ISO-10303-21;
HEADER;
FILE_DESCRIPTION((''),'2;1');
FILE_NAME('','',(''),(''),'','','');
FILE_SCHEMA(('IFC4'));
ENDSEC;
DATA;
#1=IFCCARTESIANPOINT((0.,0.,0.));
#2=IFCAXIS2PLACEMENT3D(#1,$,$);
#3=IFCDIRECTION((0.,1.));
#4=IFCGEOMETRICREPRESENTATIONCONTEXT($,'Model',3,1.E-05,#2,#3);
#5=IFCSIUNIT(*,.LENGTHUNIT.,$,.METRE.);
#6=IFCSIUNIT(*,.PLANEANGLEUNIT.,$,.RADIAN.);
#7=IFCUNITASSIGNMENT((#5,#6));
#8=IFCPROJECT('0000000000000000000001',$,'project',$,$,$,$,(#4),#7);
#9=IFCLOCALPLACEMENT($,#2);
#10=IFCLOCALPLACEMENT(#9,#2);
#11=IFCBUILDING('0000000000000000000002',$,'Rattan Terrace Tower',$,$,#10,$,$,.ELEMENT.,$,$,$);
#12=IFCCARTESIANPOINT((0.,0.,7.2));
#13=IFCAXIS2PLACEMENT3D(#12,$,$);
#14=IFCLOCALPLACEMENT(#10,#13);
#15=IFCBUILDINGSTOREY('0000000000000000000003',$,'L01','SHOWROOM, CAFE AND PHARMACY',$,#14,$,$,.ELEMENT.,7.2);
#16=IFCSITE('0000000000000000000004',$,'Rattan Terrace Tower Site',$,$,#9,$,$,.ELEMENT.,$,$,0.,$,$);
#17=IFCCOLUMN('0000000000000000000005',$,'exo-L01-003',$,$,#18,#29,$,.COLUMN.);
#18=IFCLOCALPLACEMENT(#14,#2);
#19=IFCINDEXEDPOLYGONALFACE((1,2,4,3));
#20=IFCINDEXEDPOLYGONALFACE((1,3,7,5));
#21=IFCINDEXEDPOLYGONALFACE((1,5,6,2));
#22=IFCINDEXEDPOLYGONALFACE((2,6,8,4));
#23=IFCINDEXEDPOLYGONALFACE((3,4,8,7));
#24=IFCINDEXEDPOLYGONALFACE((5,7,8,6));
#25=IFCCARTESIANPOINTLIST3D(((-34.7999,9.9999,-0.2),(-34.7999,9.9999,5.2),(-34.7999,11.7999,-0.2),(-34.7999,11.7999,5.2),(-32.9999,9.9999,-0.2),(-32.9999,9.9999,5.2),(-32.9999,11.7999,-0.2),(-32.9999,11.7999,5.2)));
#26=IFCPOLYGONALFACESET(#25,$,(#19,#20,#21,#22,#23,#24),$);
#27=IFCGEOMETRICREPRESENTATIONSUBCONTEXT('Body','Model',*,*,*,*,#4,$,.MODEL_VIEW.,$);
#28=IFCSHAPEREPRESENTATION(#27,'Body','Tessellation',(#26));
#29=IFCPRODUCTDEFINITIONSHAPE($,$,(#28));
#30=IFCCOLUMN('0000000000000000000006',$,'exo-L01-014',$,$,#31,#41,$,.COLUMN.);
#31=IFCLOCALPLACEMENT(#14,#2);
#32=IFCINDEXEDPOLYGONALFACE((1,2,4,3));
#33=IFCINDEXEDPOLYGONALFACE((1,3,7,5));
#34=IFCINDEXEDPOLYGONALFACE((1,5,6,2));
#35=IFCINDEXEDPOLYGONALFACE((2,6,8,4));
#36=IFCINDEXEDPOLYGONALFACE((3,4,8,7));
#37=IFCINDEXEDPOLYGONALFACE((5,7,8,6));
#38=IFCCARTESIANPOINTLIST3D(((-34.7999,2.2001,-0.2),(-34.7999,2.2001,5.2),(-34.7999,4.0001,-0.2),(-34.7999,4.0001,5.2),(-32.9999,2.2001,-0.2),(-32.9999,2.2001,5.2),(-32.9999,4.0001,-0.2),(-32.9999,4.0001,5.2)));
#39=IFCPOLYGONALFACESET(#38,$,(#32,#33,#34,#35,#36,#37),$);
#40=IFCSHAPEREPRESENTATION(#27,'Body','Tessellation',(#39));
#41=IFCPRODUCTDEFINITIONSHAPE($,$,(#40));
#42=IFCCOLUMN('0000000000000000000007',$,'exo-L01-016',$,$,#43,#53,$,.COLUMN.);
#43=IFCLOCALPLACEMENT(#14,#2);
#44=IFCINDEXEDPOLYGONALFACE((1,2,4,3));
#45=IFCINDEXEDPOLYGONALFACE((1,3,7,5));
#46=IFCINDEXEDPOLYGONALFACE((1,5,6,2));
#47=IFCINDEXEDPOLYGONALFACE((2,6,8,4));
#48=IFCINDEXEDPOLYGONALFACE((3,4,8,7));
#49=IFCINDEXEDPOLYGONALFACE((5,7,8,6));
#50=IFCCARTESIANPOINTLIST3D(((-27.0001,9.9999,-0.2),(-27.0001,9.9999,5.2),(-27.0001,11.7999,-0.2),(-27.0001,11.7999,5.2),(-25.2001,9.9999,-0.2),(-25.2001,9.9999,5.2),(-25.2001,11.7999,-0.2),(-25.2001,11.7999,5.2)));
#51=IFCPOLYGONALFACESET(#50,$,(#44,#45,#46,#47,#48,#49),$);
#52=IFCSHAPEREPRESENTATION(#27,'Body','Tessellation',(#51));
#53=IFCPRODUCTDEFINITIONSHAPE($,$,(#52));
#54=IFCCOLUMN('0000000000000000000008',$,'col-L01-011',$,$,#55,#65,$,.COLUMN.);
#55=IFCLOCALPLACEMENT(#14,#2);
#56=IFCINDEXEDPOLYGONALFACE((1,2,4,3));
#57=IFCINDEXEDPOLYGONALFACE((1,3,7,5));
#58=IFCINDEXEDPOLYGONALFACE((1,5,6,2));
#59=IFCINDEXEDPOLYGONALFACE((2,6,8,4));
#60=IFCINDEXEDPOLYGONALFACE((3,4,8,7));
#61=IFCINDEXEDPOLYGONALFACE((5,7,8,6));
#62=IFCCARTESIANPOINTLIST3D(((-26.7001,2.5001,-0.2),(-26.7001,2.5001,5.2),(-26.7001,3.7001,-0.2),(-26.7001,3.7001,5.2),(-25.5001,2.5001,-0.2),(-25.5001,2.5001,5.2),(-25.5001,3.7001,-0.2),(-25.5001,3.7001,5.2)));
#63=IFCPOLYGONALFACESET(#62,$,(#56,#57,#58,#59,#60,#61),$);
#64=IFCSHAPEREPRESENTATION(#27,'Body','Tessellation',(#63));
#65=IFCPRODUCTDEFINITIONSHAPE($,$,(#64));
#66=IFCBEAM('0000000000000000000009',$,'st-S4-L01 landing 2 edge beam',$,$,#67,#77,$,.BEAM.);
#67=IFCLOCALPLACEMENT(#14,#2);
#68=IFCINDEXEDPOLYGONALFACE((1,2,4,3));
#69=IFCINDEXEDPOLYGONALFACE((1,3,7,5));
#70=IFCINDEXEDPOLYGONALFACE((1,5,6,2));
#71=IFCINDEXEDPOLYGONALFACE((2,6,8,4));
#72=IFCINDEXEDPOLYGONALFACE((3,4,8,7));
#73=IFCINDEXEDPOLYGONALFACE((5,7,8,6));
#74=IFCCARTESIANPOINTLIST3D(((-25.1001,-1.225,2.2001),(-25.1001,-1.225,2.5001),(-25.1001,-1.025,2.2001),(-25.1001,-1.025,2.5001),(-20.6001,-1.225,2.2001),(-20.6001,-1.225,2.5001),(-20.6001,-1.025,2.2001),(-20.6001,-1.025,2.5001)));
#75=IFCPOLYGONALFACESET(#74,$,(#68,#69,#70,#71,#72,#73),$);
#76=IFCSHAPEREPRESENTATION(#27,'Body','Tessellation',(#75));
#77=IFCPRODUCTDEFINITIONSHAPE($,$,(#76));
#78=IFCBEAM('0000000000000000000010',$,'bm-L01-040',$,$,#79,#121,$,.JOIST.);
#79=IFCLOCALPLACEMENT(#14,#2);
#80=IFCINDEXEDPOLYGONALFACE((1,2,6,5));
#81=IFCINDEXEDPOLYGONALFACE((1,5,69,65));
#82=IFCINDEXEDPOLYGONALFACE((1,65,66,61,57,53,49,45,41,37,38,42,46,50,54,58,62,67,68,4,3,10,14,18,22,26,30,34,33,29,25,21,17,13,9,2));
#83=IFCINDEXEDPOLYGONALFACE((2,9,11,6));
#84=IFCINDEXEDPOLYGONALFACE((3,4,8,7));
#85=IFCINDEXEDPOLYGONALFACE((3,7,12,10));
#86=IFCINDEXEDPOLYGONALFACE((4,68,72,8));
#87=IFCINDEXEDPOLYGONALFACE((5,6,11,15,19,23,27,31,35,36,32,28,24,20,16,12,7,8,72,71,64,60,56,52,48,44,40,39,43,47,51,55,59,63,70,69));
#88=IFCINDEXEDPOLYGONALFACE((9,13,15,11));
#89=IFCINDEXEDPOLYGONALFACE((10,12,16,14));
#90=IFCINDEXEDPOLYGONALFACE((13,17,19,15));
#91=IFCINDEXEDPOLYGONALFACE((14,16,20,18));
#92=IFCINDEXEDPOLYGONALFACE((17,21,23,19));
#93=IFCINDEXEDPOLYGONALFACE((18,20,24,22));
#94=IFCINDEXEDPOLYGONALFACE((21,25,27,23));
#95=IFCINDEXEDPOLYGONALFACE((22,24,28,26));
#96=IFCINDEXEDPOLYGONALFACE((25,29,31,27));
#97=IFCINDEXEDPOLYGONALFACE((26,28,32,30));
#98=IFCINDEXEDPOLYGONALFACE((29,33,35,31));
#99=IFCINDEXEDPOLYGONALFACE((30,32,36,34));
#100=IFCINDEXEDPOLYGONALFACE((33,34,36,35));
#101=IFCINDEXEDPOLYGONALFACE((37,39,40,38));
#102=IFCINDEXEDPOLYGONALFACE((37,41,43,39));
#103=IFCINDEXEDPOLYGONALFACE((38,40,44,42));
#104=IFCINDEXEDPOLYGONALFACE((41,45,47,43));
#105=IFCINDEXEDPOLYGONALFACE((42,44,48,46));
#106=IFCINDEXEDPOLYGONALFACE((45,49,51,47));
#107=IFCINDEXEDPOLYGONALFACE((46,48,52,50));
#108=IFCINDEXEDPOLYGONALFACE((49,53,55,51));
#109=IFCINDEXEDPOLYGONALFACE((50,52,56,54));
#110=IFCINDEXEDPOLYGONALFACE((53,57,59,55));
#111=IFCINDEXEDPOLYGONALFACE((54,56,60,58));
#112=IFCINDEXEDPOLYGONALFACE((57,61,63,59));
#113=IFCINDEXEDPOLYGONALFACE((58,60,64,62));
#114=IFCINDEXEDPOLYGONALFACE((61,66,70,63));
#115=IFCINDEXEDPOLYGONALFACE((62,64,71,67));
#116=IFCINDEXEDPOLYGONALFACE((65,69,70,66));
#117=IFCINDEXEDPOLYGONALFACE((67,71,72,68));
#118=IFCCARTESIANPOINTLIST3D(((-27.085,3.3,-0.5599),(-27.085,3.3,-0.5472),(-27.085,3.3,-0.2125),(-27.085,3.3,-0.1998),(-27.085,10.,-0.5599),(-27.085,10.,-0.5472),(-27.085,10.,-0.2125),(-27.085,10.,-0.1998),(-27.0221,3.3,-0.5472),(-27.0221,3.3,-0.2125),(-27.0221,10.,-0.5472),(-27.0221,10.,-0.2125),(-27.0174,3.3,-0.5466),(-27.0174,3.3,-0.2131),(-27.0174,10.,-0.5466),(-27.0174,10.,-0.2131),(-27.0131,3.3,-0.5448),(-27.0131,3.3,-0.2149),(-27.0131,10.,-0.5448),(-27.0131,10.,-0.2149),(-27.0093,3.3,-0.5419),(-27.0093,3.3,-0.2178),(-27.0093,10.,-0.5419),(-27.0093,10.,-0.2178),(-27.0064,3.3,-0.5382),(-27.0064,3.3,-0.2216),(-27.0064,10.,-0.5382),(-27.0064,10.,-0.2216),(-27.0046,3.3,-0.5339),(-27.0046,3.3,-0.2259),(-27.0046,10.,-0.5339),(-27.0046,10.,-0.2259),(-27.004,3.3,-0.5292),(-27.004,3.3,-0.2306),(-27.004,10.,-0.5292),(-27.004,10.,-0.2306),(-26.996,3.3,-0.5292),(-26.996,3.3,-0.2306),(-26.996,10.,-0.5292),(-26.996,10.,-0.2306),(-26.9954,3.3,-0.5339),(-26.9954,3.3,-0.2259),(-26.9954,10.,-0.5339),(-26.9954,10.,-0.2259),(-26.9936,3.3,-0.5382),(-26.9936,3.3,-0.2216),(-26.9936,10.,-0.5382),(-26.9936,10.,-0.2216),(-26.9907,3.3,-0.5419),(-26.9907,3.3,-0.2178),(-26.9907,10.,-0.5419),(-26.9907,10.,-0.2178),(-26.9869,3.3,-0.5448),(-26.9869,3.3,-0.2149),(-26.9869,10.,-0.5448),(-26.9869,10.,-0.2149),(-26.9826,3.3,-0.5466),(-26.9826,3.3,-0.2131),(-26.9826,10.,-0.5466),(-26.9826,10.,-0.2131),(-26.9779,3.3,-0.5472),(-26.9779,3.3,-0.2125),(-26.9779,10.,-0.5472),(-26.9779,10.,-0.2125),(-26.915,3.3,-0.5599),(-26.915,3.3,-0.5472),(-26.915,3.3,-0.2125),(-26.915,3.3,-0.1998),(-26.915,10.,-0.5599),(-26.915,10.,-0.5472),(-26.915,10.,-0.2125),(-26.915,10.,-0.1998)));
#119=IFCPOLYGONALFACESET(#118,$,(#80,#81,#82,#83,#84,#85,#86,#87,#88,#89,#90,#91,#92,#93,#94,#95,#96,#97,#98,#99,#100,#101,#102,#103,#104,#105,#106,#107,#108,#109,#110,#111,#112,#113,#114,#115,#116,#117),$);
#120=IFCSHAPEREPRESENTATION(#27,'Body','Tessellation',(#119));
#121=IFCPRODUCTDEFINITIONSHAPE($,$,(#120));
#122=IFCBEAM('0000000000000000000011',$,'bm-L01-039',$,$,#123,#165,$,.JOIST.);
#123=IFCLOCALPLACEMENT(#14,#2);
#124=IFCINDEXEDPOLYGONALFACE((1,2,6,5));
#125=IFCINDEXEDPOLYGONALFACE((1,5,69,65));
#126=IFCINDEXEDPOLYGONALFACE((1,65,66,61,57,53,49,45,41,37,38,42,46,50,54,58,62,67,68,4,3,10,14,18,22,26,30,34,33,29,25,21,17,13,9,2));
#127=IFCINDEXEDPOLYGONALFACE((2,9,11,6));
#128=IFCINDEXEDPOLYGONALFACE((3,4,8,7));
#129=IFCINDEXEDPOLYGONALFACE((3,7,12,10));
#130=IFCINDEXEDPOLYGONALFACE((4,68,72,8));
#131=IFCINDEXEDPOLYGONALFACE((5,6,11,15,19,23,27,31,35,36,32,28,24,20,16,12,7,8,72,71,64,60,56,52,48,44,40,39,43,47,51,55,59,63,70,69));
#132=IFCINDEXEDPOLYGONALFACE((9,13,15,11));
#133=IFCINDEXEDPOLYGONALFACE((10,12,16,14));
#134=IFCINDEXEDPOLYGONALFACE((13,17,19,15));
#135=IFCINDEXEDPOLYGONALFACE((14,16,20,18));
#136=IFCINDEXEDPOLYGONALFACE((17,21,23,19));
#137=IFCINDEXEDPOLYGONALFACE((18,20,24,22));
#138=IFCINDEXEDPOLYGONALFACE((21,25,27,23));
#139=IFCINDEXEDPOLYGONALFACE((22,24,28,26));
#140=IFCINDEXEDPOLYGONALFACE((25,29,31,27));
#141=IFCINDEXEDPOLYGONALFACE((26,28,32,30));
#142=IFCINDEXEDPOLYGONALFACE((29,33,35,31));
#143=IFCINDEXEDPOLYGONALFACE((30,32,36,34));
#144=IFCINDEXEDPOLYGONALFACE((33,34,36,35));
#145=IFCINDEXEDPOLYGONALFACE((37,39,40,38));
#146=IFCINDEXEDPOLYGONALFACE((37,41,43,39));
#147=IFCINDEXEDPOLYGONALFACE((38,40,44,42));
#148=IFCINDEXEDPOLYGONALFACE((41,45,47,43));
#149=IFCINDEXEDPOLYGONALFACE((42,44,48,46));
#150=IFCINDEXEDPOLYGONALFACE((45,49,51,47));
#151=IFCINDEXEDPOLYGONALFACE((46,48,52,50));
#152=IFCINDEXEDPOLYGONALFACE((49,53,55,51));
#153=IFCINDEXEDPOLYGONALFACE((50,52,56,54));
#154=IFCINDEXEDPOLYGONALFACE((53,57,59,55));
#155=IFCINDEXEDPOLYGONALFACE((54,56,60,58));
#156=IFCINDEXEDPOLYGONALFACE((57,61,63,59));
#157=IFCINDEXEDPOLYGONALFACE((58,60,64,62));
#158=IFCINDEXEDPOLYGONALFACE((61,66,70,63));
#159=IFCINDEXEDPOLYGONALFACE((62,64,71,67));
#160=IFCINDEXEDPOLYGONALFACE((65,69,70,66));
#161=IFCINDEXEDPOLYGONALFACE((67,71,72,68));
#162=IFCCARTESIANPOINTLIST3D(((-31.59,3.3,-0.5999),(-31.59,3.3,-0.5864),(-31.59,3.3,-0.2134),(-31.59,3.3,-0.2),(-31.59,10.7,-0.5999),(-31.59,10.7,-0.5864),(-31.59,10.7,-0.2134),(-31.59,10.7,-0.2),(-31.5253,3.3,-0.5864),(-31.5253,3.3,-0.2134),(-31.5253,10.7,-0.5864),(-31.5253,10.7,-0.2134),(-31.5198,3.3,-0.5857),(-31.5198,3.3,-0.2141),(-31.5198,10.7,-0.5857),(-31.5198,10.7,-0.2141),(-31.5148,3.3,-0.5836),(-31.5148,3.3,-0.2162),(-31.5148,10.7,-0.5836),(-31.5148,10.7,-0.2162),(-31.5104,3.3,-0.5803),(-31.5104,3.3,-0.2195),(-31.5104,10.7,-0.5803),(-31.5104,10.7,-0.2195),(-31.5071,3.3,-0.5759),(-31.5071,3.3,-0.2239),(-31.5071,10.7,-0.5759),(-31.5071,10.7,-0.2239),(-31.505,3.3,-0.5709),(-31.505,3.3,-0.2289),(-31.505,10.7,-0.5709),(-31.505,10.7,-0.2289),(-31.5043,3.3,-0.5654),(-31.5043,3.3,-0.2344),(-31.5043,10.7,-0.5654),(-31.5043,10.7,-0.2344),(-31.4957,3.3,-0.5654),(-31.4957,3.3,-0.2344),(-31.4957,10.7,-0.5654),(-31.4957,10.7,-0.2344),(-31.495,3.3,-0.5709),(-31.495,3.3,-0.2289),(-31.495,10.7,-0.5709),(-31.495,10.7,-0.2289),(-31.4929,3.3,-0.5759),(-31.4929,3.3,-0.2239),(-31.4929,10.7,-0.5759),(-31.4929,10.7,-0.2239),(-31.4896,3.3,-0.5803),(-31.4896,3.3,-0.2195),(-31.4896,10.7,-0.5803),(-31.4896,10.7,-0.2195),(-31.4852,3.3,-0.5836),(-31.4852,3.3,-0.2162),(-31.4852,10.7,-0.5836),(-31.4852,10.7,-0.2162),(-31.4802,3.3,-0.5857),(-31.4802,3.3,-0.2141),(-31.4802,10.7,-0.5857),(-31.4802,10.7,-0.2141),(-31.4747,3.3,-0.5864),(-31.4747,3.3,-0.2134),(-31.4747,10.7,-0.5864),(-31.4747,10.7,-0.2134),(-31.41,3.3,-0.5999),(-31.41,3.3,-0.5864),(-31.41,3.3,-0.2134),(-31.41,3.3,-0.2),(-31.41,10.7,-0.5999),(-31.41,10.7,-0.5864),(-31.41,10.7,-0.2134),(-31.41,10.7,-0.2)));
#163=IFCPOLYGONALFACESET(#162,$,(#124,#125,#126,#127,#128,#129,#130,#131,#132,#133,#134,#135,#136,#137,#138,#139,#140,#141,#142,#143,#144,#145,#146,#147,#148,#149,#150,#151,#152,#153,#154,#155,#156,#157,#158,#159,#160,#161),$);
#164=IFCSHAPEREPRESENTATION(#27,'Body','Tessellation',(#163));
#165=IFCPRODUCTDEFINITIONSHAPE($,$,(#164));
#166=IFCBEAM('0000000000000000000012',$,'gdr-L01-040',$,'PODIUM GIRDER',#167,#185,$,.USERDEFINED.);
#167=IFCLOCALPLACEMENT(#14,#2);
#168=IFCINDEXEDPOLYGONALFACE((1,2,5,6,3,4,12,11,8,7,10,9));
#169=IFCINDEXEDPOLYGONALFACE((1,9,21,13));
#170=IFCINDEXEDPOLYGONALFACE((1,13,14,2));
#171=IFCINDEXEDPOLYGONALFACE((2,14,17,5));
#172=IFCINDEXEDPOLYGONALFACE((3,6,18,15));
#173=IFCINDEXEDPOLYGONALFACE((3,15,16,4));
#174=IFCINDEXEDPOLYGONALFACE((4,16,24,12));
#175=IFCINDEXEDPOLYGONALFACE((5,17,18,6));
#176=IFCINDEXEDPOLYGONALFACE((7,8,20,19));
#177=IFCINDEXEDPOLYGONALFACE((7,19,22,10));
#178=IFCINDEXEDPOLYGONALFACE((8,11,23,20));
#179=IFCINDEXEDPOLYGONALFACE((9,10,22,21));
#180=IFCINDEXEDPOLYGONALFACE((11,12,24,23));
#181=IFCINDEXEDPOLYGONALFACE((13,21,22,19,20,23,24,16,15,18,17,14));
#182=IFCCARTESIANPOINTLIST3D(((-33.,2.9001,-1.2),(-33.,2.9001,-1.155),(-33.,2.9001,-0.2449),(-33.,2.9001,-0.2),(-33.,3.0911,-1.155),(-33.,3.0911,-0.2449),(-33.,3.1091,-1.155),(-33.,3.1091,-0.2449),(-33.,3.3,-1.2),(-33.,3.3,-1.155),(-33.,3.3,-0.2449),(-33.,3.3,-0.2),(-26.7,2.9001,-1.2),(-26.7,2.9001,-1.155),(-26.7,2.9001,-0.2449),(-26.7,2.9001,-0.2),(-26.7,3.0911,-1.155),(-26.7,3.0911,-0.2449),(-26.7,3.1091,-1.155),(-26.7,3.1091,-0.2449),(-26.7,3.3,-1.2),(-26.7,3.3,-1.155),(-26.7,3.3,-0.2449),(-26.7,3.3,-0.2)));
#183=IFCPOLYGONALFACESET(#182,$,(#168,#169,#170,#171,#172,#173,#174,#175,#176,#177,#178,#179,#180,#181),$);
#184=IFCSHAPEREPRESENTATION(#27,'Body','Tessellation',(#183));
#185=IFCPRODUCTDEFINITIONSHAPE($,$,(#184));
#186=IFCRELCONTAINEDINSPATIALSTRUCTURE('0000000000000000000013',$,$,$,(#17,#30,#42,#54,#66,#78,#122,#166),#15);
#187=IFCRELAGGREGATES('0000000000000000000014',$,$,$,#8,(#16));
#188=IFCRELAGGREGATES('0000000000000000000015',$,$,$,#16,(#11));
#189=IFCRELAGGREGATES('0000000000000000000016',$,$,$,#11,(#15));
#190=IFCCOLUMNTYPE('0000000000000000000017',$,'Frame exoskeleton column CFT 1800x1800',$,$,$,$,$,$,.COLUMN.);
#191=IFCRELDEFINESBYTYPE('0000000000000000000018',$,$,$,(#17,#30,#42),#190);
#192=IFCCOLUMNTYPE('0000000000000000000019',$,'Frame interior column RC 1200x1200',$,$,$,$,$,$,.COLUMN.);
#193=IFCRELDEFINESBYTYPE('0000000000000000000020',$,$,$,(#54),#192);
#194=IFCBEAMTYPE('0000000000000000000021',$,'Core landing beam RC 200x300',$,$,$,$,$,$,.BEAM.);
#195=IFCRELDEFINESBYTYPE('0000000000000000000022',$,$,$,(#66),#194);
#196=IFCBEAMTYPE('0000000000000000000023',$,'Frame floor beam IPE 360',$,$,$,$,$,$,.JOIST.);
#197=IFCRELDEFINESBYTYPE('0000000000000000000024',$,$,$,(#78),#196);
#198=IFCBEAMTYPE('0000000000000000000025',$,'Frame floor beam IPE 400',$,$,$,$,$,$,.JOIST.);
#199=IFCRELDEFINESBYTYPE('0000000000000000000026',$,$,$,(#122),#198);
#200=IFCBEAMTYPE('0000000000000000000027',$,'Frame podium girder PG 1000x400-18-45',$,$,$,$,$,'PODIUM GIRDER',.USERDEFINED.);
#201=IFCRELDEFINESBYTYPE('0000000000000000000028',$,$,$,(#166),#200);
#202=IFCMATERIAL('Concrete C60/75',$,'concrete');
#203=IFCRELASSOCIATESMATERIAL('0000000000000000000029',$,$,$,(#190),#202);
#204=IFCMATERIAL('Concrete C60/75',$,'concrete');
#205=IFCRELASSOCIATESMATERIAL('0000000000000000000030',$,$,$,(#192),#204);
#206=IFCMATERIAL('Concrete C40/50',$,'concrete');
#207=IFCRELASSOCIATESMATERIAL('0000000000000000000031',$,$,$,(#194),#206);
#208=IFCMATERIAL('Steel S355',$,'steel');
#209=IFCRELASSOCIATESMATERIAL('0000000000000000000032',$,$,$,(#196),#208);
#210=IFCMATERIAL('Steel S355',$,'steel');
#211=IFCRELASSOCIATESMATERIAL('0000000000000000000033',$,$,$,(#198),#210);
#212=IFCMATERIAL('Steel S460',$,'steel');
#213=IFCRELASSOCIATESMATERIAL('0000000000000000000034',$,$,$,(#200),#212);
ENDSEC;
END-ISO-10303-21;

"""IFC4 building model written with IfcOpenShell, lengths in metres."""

from ifc_helpers import new_model, si_unit, direction, frame, origin, origin_2d, place, context, subcontext, project, spatial, rectangle, i_section, extrude, material, material_profile, profile_set, type_object, element, save


model = new_model("IFC4")

# Units and contexts
model_context = context("Model", 3, precision=1e-05, world=origin(), true_north=direction((0.0, 1.0)))
body_context = subcontext(model_context, "Body", "Model", "MODEL_VIEW")
ifc_project = project(units=[si_unit("LENGTHUNIT", "METRE"), si_unit("PLANEANGLEUNIT", "RADIAN")], contexts=[model_context])

# Site, building, storey
site_placement = place(None, origin())
site = spatial("IfcSite", under=ifc_project, at=site_placement, Name="Rattan Terrace Tower Site", CompositionType="ELEMENT", RefElevation=0.0)
building_placement = place(site_placement, origin())
building = spatial("IfcBuilding", under=site, at=building_placement, Name="Rattan Terrace Tower", CompositionType="ELEMENT")
storey_placement = place(building_placement, frame((0.0, 0.0, 7.2)))
storey = spatial("IfcBuildingStorey", under=building, at=storey_placement, Name="L01", Description="SHOWROOM, CAFE AND PHARMACY", CompositionType="ELEMENT", Elevation=7.2)

# Columns
ifc_material_1 = material(Name="Concrete C60/75", Category="concrete")
ifc_material_profile_1 = material_profile(ifc_material_1, rectangle(XDim=1.8, YDim=1.8, at=origin_2d()), Name="CFT 1800x1800")
ifc_profile_set_1 = profile_set([ifc_material_profile_1], Name="Concrete C60/75")
column_type_1 = type_object("IfcColumnType", Name="Frame exoskeleton column CFT 1800x1800", PredefinedType="COLUMN", material=ifc_profile_set_1)
for number, where, z_axis, x_axis, name in (
    (1, (-33.8999, 10.8999, -0.2), (0.0, 0.0, 1.0), (1.0, 0.0, 0.0), "exo-L01-003"),
    (2, (-33.8999, 3.1001, -0.2), (0.0, 0.0, 1.0), (0.0, 1.0, 0.0), "exo-L01-014"),
    (3, (-26.1001, 10.8999, -0.2), (0.0, 0.0, 1.0), (1.0, 0.0, 0.0), "exo-L01-016"),
):
    element("IfcColumn", number, at=place(storey_placement, frame(where, z_axis=z_axis, x_axis=x_axis)), inside=storey, type_object=column_type_1, Name=name, PredefinedType="COLUMN", context=body_context, shape_type="SweptSolid", body=[
        extrude(rectangle(XDim=1.8, YDim=1.8, at=origin_2d()), origin(), (0.0, 0.0, 1.0), 5.3999),
    ])
ifc_material_2 = material(Name="Concrete C60/75", Category="concrete")
ifc_material_profile_2 = material_profile(ifc_material_2, rectangle(XDim=1.2, YDim=1.2, at=origin_2d()), Name="RC 1200x1200")
ifc_profile_set_2 = profile_set([ifc_material_profile_2], Name="Concrete C60/75")
column_type_2 = type_object("IfcColumnType", Name="Frame interior column RC 1200x1200", PredefinedType="COLUMN", material=ifc_profile_set_2)
column_placement = place(storey_placement, frame((-26.1001, 3.1001, -0.2), z_axis=(0.0, 0.0, 1.0), x_axis=(1.0, 0.0, 0.0)))
element("IfcColumn", 4, at=column_placement, inside=storey, type_object=column_type_2, Name="col-L01-011", PredefinedType="COLUMN", context=body_context, shape_type="SweptSolid", body=[
    extrude(rectangle(XDim=1.2, YDim=1.2, at=origin_2d()), origin(), (0.0, 0.0, 1.0), 5.3999),
])

# Beams
ifc_material_3 = material(Name="Concrete C40/50", Category="concrete")
ifc_material_profile_3 = material_profile(ifc_material_3, rectangle(XDim=0.2, YDim=0.3, at=origin_2d()), Name="RC 200x300")
ifc_profile_set_3 = profile_set([ifc_material_profile_3], Name="Concrete C40/50")
beam_type_1 = type_object("IfcBeamType", Name="Core landing beam RC 200x300", PredefinedType="BEAM", material=ifc_profile_set_3)
beam_1_placement = place(storey_placement, frame((-25.1001, -1.125, 2.3501), z_axis=(1.0, 0.0, 0.0), x_axis=(0.0, 1.0, 0.0)))
element("IfcBeam", 5, at=beam_1_placement, inside=storey, type_object=beam_type_1, Name="st-S4-L01 landing 2 edge beam", PredefinedType="BEAM", context=body_context, shape_type="SweptSolid", body=[
    extrude(rectangle(XDim=0.2, YDim=0.3, at=origin_2d()), origin(), (0.0, 0.0, 1.0), 4.5),
])
ifc_material_4 = material(Name="Steel S355", Category="steel")
ifc_material_profile_4 = material_profile(ifc_material_4, i_section(OverallWidth=0.1699, OverallDepth=0.3601, WebThickness=0.0081, FlangeThickness=0.0127, FilletRadius=0.0181, at=origin_2d()), Name="IPE 360")
ifc_profile_set_4 = profile_set([ifc_material_profile_4], Name="Steel S355")
beam_type_2 = type_object("IfcBeamType", Name="Frame floor beam IPE 360", PredefinedType="JOIST", material=ifc_profile_set_4)
beam_2_placement = place(storey_placement, frame((-27.0, 3.3, -0.3799), z_axis=(0.0, 1.0, 0.0), x_axis=(-1.0, 0.0, 0.0)))
element("IfcBeam", 6, at=beam_2_placement, inside=storey, type_object=beam_type_2, Name="bm-L01-040", PredefinedType="JOIST", context=body_context, shape_type="SweptSolid", body=[
    extrude(i_section(OverallWidth=0.1699, OverallDepth=0.3601, WebThickness=0.0081, FlangeThickness=0.0127, FilletRadius=0.0181, at=origin_2d()), origin(), (0.0, 0.0, 1.0), 6.7),
])
ifc_material_5 = material(Name="Steel S355", Category="steel")
ifc_material_profile_5 = material_profile(ifc_material_5, i_section(OverallWidth=0.1799, OverallDepth=0.3999, WebThickness=0.0085, FlangeThickness=0.0134, FilletRadius=0.021, at=origin_2d()), Name="IPE 400")
ifc_profile_set_5 = profile_set([ifc_material_profile_5], Name="Steel S355")
beam_type_3 = type_object("IfcBeamType", Name="Frame floor beam IPE 400", PredefinedType="JOIST", material=ifc_profile_set_5)
beam_3_placement = place(storey_placement, frame((-31.5, 3.3, -0.3999), z_axis=(0.0, 1.0, 0.0), x_axis=(-1.0, 0.0, 0.0)))
element("IfcBeam", 7, at=beam_3_placement, inside=storey, type_object=beam_type_3, Name="bm-L01-039", PredefinedType="JOIST", context=body_context, shape_type="SweptSolid", body=[
    extrude(i_section(OverallWidth=0.1799, OverallDepth=0.3999, WebThickness=0.0085, FlangeThickness=0.0134, FilletRadius=0.021, at=origin_2d()), origin(), (0.0, 0.0, 1.0), 7.3999),
])
ifc_material_6 = material(Name="Steel S460", Category="steel")
ifc_material_profile_6 = material_profile(ifc_material_6, i_section(OverallWidth=0.3999, OverallDepth=1.0, WebThickness=0.0181, FlangeThickness=0.0449, at=origin_2d()), Name="PG 1000x400-18-45")
ifc_profile_set_6 = profile_set([ifc_material_profile_6], Name="Steel S460")
beam_type_4 = type_object("IfcBeamType", Name="Frame podium girder PG 1000x400-18-45", ElementType="PODIUM GIRDER", PredefinedType="USERDEFINED", material=ifc_profile_set_6)
for number, where, z_axis, x_axis, name in (
    (8, (-33.0, 3.1001, -0.7), (1.0, 0.0, 0.0), (0.0, 1.0, 0.0), "gdr-L01-040"),
):
    element("IfcBeam", number, at=place(storey_placement, frame(where, z_axis=z_axis, x_axis=x_axis)), inside=storey, type_object=beam_type_4, Name=name, ObjectType="PODIUM GIRDER", PredefinedType="USERDEFINED", context=body_context, shape_type="SweptSolid", body=[
        extrude(i_section(OverallWidth=0.3999, OverallDepth=1.0, WebThickness=0.0181, FlangeThickness=0.0449, at=origin_2d()), origin(), (0.0, 0.0, 1.0), 6.3),
    ])

save(model, "model.ifc")
